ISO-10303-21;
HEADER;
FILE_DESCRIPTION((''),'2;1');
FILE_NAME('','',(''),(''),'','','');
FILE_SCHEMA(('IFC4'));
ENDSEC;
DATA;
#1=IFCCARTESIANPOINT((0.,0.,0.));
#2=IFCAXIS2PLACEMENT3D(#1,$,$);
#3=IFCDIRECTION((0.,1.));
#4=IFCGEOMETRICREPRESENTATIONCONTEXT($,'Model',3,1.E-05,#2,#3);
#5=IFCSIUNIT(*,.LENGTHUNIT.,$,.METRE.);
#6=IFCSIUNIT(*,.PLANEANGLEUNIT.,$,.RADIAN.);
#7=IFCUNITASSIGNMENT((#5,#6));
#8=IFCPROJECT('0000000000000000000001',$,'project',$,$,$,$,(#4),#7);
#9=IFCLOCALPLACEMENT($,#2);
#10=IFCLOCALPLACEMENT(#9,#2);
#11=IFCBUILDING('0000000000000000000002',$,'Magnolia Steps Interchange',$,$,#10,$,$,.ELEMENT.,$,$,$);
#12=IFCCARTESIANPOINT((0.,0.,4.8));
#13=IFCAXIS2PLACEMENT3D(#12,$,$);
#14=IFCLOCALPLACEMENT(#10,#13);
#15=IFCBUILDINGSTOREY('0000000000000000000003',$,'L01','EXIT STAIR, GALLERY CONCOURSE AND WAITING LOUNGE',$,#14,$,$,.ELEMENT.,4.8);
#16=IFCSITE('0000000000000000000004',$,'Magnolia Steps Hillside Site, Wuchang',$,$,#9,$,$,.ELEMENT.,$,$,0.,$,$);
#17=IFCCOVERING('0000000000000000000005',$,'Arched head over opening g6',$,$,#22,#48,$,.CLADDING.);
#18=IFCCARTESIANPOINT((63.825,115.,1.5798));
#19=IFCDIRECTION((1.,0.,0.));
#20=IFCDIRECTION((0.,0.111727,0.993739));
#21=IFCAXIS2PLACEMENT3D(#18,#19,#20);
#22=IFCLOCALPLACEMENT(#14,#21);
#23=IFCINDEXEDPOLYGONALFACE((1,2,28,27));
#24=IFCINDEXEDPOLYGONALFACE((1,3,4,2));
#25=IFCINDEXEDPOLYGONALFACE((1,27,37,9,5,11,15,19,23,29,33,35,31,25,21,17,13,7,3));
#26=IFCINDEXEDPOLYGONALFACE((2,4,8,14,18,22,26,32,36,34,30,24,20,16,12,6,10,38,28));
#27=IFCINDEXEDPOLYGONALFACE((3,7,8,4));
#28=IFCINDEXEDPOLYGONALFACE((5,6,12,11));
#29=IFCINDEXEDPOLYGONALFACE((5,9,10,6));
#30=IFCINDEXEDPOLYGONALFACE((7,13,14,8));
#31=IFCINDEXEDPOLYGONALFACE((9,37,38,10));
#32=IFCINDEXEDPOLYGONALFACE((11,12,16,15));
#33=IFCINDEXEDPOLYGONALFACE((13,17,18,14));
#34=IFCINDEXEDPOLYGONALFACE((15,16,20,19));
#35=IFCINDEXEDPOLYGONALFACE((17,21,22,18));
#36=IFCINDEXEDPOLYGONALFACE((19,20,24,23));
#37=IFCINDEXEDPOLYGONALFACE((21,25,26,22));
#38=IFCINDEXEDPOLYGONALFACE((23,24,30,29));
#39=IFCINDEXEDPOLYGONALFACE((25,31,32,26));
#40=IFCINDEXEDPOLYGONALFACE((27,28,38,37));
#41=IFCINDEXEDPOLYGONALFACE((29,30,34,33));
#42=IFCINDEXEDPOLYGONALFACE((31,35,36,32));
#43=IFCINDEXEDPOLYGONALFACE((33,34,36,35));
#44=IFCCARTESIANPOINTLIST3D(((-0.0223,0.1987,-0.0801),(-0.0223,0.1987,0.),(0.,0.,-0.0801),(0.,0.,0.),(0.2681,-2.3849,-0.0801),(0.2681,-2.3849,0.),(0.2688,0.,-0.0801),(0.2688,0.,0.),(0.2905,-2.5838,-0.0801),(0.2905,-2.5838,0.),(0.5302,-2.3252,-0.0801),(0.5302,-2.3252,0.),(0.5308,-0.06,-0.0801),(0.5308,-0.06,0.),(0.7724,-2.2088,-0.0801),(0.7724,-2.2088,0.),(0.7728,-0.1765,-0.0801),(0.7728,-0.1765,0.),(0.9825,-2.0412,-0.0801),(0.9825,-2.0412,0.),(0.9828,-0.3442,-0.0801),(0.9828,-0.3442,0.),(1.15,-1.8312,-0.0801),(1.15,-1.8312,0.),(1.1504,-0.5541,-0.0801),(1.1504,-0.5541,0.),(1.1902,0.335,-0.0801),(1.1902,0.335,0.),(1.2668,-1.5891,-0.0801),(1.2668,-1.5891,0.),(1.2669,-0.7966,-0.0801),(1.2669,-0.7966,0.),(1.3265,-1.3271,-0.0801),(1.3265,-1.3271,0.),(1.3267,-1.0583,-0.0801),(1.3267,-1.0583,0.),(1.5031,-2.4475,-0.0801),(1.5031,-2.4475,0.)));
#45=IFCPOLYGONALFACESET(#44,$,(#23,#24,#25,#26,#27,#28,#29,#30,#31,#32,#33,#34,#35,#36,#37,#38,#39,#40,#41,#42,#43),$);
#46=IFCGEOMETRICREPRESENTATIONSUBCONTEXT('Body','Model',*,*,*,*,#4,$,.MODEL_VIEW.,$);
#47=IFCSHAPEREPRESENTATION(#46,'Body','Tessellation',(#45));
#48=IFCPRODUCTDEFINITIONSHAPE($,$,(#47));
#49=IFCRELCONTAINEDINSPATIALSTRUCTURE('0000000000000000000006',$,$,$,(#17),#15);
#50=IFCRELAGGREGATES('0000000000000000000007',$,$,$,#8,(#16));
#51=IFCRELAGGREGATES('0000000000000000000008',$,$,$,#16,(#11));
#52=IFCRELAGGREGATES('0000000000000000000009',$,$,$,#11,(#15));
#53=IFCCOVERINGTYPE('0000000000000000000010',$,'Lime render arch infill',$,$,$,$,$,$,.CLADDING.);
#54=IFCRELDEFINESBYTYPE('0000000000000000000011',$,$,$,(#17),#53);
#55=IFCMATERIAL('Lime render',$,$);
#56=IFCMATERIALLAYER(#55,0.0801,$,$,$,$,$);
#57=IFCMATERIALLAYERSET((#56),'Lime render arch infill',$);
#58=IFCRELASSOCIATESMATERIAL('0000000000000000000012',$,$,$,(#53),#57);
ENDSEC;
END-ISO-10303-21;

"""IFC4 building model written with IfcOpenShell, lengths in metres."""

from ifc_helpers import new_model, si_unit, direction, frame, origin, place, context, subcontext, project, spatial, polyline, outline, extrude, material, layer, layer_set, type_object, element, save


model = new_model("IFC4")

# Units and contexts
model_context = context("Model", 3, precision=1e-05, world=origin(), true_north=direction((0.0, 1.0)))
body_context = subcontext(model_context, "Body", "Model", "MODEL_VIEW")
ifc_project = project(units=[si_unit("LENGTHUNIT", "METRE"), si_unit("PLANEANGLEUNIT", "RADIAN")], contexts=[model_context])

# Site, building, storey
site_placement = place(None, origin())
site = spatial("IfcSite", under=ifc_project, at=site_placement, Name="Magnolia Steps Hillside Site, Wuchang", CompositionType="ELEMENT", RefElevation=0.0)
building_placement = place(site_placement, origin())
building = spatial("IfcBuilding", under=site, at=building_placement, Name="Magnolia Steps Interchange", CompositionType="ELEMENT")
storey_placement = place(building_placement, frame((0.0, 0.0, 4.8)))
storey = spatial("IfcBuildingStorey", under=building, at=storey_placement, Name="L01", Description="EXIT STAIR, GALLERY CONCOURSE AND WAITING LOUNGE", CompositionType="ELEMENT", Elevation=4.8)

# Covering
ifc_material_1 = material(Name="Lime render")
ifc_layer_1 = layer(ifc_material_1, 0.0801)
ifc_layer_set_1 = layer_set([ifc_layer_1], Name="Lime render arch infill")
covering_type_1 = type_object("IfcCoveringType", Name="Lime render arch infill", PredefinedType="CLADDING", material=ifc_layer_set_1)
covering_1_placement = place(storey_placement, frame((63.825, 115.0, 1.5798), z_axis=(1.0, 0.0, 0.0), x_axis=(0.0, 0.111727, 0.993739)))
element("IfcCovering", 1, at=covering_1_placement, inside=storey, type_object=covering_type_1, Name="Arched head over opening g6", PredefinedType="CLADDING", context=body_context, shape_type="SweptSolid", body=[
    extrude(outline(polyline([(0.0, 0.0), (0.2688, 0.0), (0.5308, -0.06), (0.7728, -0.1765), (0.9828, -0.3442), (1.1504, -0.5541), (1.2669, -0.7966), (1.3267, -1.0583), (1.3265, -1.3271), (1.2668, -1.5891), (1.15, -1.8312), (0.9825, -2.0412), (0.7724, -2.2088), (0.5302, -2.3252), (0.2681, -2.3849), (0.2905, -2.5838), (1.5031, -2.4475), (1.1902, 0.335), (-0.0223, 0.1987), (0.0, 0.0)])), origin(), (0.0, 0.0, -1.0), 0.0801),
])

save(model, "model.ifc")
